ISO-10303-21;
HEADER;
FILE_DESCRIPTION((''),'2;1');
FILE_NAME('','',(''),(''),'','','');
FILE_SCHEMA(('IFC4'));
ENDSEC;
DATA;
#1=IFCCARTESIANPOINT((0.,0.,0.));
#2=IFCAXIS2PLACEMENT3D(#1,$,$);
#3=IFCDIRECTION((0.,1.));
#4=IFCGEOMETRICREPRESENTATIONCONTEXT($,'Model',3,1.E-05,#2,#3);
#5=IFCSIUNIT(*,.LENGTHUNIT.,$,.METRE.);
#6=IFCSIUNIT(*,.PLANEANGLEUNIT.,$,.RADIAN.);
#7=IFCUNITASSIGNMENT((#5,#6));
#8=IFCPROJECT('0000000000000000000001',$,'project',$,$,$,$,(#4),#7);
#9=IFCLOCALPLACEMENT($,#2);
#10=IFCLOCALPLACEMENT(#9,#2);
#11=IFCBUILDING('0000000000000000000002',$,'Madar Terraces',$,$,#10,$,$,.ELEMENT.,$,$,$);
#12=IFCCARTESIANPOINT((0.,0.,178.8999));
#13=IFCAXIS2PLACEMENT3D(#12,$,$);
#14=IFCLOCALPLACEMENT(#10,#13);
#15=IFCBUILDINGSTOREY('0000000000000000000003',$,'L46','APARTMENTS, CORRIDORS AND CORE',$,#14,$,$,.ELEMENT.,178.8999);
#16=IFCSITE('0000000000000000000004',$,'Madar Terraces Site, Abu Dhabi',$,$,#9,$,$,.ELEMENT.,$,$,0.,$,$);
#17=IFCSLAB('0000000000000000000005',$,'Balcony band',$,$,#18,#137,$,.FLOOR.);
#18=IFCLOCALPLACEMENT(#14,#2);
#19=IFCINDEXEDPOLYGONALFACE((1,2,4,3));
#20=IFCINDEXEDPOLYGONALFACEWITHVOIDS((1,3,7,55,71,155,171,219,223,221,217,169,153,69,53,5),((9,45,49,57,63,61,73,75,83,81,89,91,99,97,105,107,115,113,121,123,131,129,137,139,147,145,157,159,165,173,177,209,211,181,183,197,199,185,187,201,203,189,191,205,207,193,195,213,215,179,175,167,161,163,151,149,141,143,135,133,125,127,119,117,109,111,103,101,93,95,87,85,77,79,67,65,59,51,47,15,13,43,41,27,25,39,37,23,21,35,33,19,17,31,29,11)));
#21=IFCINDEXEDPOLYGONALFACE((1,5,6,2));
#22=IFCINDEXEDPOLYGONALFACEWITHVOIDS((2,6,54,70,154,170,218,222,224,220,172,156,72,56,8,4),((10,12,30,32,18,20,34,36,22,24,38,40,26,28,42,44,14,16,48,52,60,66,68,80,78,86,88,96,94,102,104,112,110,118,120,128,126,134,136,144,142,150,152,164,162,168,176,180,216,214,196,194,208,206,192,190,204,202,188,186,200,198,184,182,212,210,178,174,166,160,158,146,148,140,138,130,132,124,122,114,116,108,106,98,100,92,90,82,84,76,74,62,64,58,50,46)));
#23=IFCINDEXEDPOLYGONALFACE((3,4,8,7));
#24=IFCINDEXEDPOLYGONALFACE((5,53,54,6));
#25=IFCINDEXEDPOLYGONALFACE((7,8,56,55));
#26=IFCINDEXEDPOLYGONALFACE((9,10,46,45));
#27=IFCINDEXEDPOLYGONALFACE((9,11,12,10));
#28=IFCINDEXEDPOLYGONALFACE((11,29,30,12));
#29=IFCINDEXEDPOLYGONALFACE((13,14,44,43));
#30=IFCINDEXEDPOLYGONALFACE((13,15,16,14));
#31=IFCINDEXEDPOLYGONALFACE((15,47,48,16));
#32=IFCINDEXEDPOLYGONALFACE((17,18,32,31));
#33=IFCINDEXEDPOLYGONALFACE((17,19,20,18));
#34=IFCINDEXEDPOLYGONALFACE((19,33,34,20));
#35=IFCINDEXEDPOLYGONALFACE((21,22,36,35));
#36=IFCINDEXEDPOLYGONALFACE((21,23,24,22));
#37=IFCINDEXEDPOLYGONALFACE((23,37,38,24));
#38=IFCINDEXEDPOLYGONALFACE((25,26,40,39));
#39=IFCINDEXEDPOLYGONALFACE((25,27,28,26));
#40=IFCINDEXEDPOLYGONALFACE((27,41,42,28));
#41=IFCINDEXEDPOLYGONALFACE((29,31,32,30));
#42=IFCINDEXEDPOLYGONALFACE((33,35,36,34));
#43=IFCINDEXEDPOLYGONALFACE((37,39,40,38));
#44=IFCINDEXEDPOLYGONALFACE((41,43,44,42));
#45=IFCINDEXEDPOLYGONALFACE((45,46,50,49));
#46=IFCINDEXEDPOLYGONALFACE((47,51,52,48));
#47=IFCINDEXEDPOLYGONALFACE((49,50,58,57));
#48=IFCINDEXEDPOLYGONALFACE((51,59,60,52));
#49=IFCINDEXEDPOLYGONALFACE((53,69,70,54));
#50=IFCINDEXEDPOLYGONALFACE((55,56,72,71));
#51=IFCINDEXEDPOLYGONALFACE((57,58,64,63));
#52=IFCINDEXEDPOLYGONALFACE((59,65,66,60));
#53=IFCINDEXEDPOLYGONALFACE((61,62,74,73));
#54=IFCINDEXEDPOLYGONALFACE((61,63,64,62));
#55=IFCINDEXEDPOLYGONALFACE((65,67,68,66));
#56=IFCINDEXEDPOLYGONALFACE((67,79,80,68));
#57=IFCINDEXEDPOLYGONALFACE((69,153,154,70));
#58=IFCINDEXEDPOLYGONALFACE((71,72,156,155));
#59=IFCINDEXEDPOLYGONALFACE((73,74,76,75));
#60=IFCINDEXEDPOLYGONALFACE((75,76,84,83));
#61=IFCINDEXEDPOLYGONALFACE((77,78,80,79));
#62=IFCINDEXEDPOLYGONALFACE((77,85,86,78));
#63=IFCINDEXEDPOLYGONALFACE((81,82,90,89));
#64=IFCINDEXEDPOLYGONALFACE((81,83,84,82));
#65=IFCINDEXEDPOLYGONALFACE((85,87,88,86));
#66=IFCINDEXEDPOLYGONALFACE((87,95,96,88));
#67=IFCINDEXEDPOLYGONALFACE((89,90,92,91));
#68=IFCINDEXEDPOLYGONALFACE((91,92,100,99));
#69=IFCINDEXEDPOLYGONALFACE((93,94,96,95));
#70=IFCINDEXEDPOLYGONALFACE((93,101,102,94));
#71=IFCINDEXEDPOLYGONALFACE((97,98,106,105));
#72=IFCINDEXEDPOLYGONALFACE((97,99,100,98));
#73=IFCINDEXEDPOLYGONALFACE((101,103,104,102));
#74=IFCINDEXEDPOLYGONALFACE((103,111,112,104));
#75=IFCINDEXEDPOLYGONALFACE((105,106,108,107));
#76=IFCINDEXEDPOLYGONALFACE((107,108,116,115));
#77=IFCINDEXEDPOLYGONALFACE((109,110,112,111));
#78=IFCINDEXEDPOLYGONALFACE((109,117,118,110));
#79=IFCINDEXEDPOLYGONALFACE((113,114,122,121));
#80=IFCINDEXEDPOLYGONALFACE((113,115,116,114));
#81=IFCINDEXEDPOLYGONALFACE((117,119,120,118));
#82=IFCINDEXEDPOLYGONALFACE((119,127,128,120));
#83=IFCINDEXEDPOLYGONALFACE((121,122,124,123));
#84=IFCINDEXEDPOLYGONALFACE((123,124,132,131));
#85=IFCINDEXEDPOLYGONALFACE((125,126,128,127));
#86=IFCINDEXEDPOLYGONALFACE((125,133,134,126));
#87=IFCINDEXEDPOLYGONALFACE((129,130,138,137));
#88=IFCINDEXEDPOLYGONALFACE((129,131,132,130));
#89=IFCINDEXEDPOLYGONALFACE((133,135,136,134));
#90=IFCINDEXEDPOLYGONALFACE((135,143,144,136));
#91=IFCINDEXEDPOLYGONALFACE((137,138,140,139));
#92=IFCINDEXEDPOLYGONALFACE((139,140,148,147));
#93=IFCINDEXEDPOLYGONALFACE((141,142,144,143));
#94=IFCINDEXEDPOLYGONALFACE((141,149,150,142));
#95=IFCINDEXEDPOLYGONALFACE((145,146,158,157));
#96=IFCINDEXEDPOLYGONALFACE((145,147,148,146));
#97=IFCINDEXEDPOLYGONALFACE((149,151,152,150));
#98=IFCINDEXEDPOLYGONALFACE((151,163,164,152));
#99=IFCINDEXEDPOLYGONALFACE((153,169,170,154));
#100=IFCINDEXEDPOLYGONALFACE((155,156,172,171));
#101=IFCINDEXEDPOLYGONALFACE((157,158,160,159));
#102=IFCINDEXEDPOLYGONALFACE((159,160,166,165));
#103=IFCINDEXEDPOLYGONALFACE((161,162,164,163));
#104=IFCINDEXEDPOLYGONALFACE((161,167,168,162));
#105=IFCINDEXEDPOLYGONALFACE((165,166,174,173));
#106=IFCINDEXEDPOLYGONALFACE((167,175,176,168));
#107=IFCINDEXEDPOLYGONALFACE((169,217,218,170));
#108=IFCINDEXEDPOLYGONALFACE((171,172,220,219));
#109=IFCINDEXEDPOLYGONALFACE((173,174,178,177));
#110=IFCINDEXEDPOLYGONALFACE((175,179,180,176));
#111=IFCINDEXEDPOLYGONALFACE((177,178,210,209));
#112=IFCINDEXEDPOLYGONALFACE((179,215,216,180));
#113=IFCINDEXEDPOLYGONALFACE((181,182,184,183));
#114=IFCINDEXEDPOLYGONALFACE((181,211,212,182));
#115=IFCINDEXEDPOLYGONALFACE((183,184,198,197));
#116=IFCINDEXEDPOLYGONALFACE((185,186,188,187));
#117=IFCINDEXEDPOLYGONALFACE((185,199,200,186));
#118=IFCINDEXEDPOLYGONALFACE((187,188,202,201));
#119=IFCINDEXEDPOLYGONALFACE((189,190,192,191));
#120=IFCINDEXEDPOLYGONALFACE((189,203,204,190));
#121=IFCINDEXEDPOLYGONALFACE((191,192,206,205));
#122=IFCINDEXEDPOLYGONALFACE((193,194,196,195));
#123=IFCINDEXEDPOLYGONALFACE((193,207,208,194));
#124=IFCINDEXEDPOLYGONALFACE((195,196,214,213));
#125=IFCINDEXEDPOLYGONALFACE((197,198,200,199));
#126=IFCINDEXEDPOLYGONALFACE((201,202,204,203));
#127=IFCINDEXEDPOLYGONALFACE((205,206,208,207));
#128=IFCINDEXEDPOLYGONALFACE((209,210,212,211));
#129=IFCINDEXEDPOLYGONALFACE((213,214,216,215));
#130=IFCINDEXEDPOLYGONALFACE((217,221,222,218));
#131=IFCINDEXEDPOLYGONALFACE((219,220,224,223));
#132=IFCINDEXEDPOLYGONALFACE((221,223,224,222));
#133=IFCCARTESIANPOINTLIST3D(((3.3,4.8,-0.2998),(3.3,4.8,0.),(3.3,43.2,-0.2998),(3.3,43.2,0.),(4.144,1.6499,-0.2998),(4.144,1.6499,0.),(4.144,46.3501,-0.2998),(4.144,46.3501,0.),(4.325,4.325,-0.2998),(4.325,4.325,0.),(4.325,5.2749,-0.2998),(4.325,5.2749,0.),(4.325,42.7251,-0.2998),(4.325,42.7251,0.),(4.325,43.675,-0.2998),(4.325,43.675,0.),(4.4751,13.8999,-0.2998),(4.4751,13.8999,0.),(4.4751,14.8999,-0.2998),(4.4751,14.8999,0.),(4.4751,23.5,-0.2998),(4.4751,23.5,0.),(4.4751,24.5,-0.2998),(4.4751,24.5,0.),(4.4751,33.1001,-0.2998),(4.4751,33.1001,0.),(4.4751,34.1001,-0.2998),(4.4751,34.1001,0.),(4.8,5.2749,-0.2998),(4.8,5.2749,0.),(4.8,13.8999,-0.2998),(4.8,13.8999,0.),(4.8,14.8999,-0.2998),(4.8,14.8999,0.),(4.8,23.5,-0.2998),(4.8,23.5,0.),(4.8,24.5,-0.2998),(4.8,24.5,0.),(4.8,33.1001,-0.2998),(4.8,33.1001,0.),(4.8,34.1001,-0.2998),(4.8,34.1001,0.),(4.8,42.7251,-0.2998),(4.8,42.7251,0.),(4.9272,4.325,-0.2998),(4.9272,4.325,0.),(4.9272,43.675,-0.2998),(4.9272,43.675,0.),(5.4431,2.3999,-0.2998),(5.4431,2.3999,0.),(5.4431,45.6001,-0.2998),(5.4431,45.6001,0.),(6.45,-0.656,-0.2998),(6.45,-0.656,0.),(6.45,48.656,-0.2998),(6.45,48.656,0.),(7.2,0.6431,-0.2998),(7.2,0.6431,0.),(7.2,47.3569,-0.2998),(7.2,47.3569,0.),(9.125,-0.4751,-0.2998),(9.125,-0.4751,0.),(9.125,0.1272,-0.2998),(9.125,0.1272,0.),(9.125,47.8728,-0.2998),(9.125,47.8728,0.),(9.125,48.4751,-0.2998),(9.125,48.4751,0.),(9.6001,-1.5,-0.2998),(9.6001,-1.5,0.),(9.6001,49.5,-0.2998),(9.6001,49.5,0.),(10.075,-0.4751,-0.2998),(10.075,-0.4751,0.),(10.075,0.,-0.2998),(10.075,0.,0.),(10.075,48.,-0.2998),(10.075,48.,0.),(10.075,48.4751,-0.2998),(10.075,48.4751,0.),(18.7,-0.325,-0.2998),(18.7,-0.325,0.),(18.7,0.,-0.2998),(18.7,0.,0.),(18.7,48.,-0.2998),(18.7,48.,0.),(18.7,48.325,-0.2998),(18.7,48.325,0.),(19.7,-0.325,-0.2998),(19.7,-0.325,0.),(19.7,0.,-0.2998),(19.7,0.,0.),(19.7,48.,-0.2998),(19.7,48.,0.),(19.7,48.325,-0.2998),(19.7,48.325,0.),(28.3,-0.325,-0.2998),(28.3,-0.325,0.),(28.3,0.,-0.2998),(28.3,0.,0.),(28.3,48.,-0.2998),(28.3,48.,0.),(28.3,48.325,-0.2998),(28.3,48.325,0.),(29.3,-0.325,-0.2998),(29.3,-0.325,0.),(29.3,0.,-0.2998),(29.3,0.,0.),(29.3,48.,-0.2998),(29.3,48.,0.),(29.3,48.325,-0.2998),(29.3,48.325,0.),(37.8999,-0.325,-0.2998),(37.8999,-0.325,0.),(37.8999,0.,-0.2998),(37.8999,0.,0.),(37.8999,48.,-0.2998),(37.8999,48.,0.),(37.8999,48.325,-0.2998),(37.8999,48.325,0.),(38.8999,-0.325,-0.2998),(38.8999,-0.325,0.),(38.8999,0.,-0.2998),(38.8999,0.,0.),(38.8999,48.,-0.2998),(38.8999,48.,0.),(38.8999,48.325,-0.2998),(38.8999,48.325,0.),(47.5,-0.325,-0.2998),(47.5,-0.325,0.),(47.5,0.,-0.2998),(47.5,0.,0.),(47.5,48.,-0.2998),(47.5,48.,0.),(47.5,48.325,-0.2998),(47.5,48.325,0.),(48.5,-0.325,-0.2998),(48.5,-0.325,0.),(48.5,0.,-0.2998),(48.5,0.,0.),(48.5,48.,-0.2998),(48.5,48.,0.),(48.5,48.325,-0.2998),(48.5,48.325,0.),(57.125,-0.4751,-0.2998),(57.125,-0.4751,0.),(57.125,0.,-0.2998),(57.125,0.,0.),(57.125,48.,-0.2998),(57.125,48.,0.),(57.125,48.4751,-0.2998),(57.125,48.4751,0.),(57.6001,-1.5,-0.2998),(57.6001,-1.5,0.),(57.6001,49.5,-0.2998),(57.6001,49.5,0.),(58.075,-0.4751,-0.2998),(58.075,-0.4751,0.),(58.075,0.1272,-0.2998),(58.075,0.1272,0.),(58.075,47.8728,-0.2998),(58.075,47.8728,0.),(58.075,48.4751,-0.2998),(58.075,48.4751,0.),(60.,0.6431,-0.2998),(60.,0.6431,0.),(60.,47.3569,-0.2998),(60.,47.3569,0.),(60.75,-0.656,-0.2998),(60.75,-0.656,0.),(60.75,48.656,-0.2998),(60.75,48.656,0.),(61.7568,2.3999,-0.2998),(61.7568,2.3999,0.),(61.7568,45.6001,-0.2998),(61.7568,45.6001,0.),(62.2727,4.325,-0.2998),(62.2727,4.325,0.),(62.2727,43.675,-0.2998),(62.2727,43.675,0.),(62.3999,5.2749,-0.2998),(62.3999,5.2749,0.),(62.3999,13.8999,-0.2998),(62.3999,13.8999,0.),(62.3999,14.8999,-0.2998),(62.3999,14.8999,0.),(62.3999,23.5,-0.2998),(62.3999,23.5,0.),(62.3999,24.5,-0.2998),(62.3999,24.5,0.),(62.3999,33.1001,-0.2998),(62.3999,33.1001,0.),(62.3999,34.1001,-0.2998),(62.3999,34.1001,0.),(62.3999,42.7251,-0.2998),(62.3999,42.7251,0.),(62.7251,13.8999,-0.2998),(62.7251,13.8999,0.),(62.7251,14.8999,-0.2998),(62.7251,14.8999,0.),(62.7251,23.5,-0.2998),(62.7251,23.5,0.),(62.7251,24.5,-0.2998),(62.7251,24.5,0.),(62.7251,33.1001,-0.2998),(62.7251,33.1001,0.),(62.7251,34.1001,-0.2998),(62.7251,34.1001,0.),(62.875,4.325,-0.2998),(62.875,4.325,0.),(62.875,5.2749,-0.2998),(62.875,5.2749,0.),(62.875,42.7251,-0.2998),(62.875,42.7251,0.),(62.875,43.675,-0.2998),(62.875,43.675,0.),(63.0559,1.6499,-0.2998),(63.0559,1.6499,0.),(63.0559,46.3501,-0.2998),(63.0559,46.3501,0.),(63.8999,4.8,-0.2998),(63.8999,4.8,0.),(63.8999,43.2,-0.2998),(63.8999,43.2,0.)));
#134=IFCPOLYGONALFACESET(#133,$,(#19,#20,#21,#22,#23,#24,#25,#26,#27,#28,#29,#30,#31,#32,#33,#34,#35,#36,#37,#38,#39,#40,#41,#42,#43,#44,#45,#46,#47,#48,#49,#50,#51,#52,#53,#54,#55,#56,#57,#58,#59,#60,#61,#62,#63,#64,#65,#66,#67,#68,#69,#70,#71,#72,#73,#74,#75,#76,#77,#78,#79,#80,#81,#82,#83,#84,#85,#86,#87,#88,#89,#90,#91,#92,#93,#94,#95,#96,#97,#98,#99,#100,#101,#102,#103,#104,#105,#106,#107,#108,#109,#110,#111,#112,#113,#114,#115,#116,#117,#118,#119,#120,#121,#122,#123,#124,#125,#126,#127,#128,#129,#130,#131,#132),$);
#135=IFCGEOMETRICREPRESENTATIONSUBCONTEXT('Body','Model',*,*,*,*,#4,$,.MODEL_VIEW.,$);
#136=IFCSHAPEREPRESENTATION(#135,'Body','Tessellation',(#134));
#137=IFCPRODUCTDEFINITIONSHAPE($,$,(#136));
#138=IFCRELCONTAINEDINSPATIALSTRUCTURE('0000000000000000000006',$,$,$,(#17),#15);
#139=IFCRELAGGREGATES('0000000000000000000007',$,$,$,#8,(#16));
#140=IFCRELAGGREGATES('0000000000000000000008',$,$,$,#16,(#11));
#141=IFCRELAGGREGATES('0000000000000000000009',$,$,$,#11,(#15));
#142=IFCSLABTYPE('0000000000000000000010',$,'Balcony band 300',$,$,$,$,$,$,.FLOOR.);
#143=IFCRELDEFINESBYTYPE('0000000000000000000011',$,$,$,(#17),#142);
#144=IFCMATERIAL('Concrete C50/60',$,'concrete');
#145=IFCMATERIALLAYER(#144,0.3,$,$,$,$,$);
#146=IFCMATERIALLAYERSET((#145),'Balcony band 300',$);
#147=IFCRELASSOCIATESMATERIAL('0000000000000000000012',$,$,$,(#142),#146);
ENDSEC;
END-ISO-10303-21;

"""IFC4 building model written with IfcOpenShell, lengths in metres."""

from ifc_helpers import new_model, si_unit, direction, frame, origin, place, context, subcontext, project, spatial, polyline, outline, extrude, material, layer, layer_set, type_object, element, save


model = new_model("IFC4")

# Units and contexts
model_context = context("Model", 3, precision=1e-05, world=origin(), true_north=direction((0.0, 1.0)))
body_context = subcontext(model_context, "Body", "Model", "MODEL_VIEW")
ifc_project = project(units=[si_unit("LENGTHUNIT", "METRE"), si_unit("PLANEANGLEUNIT", "RADIAN")], contexts=[model_context])

# Site, building, storey
site_placement = place(None, origin())
site = spatial("IfcSite", under=ifc_project, at=site_placement, Name="Madar Terraces Site, Abu Dhabi", CompositionType="ELEMENT", RefElevation=0.0)
building_placement = place(site_placement, origin())
building = spatial("IfcBuilding", under=site, at=building_placement, Name="Madar Terraces", CompositionType="ELEMENT")
storey_placement = place(building_placement, frame((0.0, 0.0, 178.8999)))
storey = spatial("IfcBuildingStorey", under=building, at=storey_placement, Name="L46", Description="APARTMENTS, CORRIDORS AND CORE", CompositionType="ELEMENT", Elevation=178.8999)

# Slab
ifc_material_1 = material(Name="Concrete C50/60", Category="concrete")
ifc_layer_1 = layer(ifc_material_1, 0.3)
ifc_layer_set_1 = layer_set([ifc_layer_1], Name="Balcony band 300")
slab_type_1 = type_object("IfcSlabType", Name="Balcony band 300", PredefinedType="FLOOR", material=ifc_layer_set_1)
slab_1_placement = place(storey_placement, frame((0.0, 0.0, -0.2998)))
element("IfcSlab", 1, at=slab_1_placement, inside=storey, type_object=slab_type_1, Name="Balcony band", PredefinedType="FLOOR", context=body_context, shape_type="SweptSolid", body=[
    extrude(outline(polyline([(9.6001, -1.5), (6.45, -0.656), (4.144, 1.6499), (3.3, 4.8), (3.3, 43.2), (4.144, 46.3501), (6.45, 48.656), (9.6001, 49.5), (57.6001, 49.5), (60.75, 48.656), (63.0559, 46.3501), (63.8999, 43.2), (63.8999, 4.8), (63.0559, 1.6499), (60.75, -0.656), (57.6001, -1.5), (9.6001, -1.5)]), holes=[polyline([(10.075, -0.4751), (10.075, 0.0), (18.7, 0.0), (18.7, -0.325), (19.7, -0.325), (19.7, 0.0), (28.3, 0.0), (28.3, -0.325), (29.3, -0.325), (29.3, 0.0), (37.8999, 0.0), (37.8999, -0.325), (38.8999, -0.325), (38.8999, 0.0), (47.5, 0.0), (47.5, -0.325), (48.5, -0.325), (48.5, 0.0), (57.125, 0.0), (57.125, -0.4751), (58.075, -0.4751), (58.075, 0.1272), (60.0, 0.6431), (61.7568, 2.3999), (62.2727, 4.325), (62.875, 4.325), (62.875, 5.2749), (62.3999, 5.2749), (62.3999, 13.8999), (62.7251, 13.8999), (62.7251, 14.8999), (62.3999, 14.8999), (62.3999, 23.5), (62.7251, 23.5), (62.7251, 24.5), (62.3999, 24.5), (62.3999, 33.1001), (62.7251, 33.1001), (62.7251, 34.1001), (62.3999, 34.1001), (62.3999, 42.7251), (62.875, 42.7251), (62.875, 43.675), (62.2727, 43.675), (61.7568, 45.6001), (60.0, 47.3569), (58.075, 47.8728), (58.075, 48.4751), (57.125, 48.4751), (57.125, 48.0), (48.5, 48.0), (48.5, 48.325), (47.5, 48.325), (47.5, 48.0), (38.8999, 48.0), (38.8999, 48.325), (37.8999, 48.325), (37.8999, 48.0), (29.3, 48.0), (29.3, 48.325), (28.3, 48.325), (28.3, 48.0), (19.7, 48.0), (19.7, 48.325), (18.7, 48.325), (18.7, 48.0), (10.075, 48.0), (10.075, 48.4751), (9.125, 48.4751), (9.125, 47.8728), (7.2, 47.3569), (5.4431, 45.6001), (4.9272, 43.675), (4.325, 43.675), (4.325, 42.7251), (4.8, 42.7251), (4.8, 34.1001), (4.4751, 34.1001), (4.4751, 33.1001), (4.8, 33.1001), (4.8, 24.5), (4.4751, 24.5), (4.4751, 23.5), (4.8, 23.5), (4.8, 14.8999), (4.4751, 14.8999), (4.4751, 13.8999), (4.8, 13.8999), (4.8, 5.2749), (4.325, 5.2749), (4.325, 4.325), (4.9272, 4.325), (5.4431, 2.3999), (7.2, 0.6431), (9.125, 0.1272), (9.125, -0.4751), (10.075, -0.4751)])]), origin(), (0.0, 0.0, 1.0), 0.2998),
])

save(model, "model.ifc")
